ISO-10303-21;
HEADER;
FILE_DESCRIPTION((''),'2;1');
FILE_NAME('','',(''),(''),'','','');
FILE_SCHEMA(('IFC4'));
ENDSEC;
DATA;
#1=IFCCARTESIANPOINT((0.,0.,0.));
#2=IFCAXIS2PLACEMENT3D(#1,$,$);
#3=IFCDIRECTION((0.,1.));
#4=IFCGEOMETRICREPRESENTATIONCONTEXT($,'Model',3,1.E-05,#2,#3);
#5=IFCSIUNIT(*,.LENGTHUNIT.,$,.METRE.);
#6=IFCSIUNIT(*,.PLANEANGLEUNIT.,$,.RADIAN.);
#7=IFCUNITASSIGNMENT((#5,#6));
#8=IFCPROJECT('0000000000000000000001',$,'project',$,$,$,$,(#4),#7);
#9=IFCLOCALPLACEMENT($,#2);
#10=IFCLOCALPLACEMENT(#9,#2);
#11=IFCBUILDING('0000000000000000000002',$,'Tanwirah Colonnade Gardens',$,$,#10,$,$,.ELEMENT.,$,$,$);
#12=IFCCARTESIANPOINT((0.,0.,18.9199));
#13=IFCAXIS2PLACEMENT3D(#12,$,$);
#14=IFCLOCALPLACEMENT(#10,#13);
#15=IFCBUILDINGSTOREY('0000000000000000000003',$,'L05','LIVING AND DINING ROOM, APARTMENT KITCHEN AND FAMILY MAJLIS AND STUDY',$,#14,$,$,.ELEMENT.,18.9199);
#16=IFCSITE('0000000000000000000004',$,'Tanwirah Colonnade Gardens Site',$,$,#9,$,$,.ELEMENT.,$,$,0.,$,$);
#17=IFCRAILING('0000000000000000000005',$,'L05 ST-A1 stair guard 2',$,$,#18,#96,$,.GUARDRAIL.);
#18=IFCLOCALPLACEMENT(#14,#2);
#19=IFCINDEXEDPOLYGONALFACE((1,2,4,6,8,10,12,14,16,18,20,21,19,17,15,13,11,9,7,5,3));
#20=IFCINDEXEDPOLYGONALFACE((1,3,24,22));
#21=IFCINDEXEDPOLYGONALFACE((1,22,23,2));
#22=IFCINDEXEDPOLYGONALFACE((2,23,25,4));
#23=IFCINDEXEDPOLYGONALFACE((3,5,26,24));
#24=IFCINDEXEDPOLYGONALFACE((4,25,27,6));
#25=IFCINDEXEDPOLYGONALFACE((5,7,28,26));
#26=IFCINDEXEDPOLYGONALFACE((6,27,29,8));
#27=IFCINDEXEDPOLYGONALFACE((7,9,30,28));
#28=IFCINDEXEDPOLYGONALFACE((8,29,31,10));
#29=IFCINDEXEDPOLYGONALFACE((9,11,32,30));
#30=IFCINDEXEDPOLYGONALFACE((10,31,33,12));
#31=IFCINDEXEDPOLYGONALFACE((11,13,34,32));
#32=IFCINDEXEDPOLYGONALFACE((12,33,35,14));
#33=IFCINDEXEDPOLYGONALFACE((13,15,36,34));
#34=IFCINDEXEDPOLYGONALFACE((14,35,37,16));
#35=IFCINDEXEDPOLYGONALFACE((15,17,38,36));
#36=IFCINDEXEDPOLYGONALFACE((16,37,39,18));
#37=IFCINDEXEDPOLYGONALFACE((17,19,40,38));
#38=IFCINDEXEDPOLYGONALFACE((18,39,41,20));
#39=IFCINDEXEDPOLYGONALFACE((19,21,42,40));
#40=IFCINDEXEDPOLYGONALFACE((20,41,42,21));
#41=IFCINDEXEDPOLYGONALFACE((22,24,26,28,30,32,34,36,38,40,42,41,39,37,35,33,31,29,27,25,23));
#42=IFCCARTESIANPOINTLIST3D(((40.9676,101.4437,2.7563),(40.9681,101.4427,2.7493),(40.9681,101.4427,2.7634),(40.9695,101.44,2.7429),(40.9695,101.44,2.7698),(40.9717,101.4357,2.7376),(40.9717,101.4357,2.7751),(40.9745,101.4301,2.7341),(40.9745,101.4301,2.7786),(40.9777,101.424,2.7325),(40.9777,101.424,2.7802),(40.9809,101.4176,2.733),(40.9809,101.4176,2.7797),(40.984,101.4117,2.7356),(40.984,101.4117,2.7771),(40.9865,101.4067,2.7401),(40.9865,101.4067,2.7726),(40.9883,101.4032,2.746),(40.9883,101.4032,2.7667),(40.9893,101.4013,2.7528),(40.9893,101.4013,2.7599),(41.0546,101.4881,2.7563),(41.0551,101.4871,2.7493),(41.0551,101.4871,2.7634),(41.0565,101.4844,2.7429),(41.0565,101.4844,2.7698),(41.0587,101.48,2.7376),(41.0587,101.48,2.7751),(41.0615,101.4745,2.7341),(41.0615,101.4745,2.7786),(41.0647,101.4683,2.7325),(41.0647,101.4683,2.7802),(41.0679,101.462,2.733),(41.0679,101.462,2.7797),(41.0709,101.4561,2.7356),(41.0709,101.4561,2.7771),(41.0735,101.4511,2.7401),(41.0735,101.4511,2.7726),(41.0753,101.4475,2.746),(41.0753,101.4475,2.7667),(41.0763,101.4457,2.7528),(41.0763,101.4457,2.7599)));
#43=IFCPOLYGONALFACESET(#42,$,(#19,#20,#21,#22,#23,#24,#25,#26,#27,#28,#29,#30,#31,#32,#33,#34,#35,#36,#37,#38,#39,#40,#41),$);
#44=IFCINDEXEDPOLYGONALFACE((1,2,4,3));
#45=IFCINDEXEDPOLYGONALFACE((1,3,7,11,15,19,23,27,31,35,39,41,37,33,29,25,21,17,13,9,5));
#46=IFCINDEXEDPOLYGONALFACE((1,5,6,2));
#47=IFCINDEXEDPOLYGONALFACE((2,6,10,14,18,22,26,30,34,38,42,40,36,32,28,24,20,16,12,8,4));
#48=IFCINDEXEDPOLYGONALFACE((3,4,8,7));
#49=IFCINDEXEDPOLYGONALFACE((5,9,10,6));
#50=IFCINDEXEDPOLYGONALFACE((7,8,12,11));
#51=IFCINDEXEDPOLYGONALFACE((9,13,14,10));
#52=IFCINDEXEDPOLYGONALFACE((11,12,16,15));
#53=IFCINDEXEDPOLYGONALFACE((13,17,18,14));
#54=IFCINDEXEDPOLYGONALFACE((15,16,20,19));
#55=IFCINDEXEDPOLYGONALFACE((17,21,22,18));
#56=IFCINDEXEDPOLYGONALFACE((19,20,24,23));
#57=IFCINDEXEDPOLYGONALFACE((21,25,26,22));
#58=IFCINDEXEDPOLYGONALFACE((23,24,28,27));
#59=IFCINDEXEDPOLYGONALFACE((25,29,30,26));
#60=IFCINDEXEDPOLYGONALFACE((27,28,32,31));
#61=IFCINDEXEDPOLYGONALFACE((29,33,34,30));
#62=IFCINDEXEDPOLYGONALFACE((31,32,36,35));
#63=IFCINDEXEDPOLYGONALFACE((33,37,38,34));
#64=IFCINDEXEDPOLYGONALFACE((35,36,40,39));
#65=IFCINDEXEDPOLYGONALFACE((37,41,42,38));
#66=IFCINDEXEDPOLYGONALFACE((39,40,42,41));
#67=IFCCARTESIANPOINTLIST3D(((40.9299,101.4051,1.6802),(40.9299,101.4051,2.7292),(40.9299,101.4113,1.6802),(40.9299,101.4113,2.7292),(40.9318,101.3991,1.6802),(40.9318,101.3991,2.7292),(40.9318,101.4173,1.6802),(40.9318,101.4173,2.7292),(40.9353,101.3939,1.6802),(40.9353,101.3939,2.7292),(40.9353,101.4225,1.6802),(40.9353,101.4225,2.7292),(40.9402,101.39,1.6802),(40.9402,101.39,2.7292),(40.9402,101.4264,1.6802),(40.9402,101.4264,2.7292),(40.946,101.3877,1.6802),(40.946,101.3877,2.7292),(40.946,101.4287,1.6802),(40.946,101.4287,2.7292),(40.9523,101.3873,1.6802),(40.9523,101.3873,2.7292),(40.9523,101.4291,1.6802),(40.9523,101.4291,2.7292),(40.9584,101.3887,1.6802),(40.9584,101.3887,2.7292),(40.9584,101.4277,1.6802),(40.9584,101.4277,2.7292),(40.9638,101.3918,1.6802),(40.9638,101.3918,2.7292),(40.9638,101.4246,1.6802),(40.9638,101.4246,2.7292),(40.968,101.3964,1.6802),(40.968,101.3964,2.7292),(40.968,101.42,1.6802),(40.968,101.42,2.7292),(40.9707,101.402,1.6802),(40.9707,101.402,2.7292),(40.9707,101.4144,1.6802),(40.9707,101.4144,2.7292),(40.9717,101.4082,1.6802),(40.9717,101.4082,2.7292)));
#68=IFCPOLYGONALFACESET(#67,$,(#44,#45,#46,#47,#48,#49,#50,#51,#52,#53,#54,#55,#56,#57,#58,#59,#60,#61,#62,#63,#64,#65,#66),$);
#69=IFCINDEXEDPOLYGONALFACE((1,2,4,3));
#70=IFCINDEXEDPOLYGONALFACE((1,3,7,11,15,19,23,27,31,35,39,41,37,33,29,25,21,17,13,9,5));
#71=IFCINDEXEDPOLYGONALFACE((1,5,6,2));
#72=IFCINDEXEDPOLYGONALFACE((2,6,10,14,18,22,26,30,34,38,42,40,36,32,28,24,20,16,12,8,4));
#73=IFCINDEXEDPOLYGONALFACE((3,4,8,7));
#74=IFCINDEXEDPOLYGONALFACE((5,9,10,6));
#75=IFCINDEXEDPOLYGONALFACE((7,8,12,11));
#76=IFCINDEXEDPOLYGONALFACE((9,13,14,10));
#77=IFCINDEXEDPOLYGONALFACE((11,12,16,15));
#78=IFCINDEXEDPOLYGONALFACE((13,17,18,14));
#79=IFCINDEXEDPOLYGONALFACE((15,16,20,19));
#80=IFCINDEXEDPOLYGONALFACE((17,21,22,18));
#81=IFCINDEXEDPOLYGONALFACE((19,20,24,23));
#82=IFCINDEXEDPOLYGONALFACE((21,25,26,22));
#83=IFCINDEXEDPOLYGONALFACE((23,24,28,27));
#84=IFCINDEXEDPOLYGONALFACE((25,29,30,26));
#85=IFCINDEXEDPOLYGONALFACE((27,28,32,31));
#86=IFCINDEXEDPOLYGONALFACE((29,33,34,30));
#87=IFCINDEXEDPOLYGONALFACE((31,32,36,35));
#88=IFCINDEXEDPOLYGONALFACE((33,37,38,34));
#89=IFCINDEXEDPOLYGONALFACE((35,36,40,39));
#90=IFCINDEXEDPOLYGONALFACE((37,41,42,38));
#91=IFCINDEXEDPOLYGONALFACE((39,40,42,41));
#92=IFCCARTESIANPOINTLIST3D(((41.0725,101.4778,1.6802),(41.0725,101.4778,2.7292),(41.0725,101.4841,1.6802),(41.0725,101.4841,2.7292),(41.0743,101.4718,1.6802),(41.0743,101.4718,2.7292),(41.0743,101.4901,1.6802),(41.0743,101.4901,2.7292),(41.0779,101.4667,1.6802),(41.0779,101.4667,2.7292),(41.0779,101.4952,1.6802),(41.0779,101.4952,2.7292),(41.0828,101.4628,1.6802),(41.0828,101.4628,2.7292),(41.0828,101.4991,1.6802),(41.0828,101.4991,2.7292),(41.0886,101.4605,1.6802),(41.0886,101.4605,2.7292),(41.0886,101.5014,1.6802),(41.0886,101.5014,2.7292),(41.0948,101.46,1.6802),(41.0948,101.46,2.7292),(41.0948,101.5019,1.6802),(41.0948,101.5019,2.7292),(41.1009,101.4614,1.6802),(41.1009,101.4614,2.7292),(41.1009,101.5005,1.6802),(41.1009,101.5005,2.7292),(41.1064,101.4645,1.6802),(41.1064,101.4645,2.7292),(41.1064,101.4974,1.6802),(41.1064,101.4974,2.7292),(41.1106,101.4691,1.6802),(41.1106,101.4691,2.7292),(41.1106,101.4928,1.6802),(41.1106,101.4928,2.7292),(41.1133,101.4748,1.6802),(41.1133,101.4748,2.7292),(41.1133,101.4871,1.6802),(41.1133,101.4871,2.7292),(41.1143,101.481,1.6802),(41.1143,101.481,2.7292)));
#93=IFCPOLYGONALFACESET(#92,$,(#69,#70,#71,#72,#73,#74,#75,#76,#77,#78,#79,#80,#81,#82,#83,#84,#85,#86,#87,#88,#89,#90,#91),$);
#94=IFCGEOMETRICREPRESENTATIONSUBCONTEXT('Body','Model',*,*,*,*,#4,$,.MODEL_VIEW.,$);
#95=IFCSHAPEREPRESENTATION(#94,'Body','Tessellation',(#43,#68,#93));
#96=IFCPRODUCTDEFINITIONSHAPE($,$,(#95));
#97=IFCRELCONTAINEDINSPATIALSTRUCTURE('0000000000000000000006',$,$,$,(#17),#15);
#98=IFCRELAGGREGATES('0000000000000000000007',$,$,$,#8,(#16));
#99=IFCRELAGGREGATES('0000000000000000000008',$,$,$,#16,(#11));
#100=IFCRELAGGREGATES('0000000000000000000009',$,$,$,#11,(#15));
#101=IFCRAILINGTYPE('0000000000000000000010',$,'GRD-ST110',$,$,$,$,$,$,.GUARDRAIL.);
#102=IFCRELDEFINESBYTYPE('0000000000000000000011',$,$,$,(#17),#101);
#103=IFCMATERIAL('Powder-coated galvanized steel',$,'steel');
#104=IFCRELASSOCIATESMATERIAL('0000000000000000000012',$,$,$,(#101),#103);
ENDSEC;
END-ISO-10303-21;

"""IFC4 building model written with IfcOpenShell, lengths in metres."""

from ifc_helpers import new_model, si_unit, direction, frame, origin, origin_2d, place, context, subcontext, project, spatial, circle, extrude, material, type_object, element, save


model = new_model("IFC4")

# Units and contexts
model_context = context("Model", 3, precision=1e-05, world=origin(), true_north=direction((0.0, 1.0)))
body_context = subcontext(model_context, "Body", "Model", "MODEL_VIEW")
ifc_project = project(units=[si_unit("LENGTHUNIT", "METRE"), si_unit("PLANEANGLEUNIT", "RADIAN")], contexts=[model_context])

# Site, building, storey
site_placement = place(None, origin())
site = spatial("IfcSite", under=ifc_project, at=site_placement, Name="Tanwirah Colonnade Gardens Site", CompositionType="ELEMENT", RefElevation=0.0)
building_placement = place(site_placement, origin())
building = spatial("IfcBuilding", under=site, at=building_placement, Name="Tanwirah Colonnade Gardens", CompositionType="ELEMENT")
storey_placement = place(building_placement, frame((0.0, 0.0, 18.9199)))
storey = spatial("IfcBuildingStorey", under=building, at=storey_placement, Name="L05", Description="LIVING AND DINING ROOM, APARTMENT KITCHEN AND FAMILY MAJLIS AND STUDY", CompositionType="ELEMENT", Elevation=18.9199)

# Railing
ifc_material_1 = material(Name="Powder-coated galvanized steel", Category="steel")
railing_type_1 = type_object("IfcRailingType", Name="GRD-ST110", PredefinedType="GUARDRAIL", material=ifc_material_1)
railing_1_placement = place(storey_placement, frame((40.9507, 101.4082, 1.6802)))
element("IfcRailing", 1, at=railing_1_placement, inside=storey, type_object=railing_type_1, Name="L05 ST-A1 stair guard 2", PredefinedType="GUARDRAIL", context=body_context, shape_type="SweptSolid", body=[
    extrude(circle(Radius=0.0239, at=origin_2d()), frame((0.0278, 0.0142, 1.0762), z_axis=(0.890737, 0.45452, 0.0), x_axis=(-0.45452, 0.890737, 0.0)), (0.0, 0.0, 1.0), 0.0977),
    extrude(circle(Radius=0.021, at=origin_2d()), origin(), (0.0, 0.0, 1.0), 1.0491),
    extrude(circle(Radius=0.021, at=origin_2d()), frame((0.1426, 0.0728, 0.0)), (0.0, 0.0, 1.0), 1.0491),
])

save(model, "model.ifc")
